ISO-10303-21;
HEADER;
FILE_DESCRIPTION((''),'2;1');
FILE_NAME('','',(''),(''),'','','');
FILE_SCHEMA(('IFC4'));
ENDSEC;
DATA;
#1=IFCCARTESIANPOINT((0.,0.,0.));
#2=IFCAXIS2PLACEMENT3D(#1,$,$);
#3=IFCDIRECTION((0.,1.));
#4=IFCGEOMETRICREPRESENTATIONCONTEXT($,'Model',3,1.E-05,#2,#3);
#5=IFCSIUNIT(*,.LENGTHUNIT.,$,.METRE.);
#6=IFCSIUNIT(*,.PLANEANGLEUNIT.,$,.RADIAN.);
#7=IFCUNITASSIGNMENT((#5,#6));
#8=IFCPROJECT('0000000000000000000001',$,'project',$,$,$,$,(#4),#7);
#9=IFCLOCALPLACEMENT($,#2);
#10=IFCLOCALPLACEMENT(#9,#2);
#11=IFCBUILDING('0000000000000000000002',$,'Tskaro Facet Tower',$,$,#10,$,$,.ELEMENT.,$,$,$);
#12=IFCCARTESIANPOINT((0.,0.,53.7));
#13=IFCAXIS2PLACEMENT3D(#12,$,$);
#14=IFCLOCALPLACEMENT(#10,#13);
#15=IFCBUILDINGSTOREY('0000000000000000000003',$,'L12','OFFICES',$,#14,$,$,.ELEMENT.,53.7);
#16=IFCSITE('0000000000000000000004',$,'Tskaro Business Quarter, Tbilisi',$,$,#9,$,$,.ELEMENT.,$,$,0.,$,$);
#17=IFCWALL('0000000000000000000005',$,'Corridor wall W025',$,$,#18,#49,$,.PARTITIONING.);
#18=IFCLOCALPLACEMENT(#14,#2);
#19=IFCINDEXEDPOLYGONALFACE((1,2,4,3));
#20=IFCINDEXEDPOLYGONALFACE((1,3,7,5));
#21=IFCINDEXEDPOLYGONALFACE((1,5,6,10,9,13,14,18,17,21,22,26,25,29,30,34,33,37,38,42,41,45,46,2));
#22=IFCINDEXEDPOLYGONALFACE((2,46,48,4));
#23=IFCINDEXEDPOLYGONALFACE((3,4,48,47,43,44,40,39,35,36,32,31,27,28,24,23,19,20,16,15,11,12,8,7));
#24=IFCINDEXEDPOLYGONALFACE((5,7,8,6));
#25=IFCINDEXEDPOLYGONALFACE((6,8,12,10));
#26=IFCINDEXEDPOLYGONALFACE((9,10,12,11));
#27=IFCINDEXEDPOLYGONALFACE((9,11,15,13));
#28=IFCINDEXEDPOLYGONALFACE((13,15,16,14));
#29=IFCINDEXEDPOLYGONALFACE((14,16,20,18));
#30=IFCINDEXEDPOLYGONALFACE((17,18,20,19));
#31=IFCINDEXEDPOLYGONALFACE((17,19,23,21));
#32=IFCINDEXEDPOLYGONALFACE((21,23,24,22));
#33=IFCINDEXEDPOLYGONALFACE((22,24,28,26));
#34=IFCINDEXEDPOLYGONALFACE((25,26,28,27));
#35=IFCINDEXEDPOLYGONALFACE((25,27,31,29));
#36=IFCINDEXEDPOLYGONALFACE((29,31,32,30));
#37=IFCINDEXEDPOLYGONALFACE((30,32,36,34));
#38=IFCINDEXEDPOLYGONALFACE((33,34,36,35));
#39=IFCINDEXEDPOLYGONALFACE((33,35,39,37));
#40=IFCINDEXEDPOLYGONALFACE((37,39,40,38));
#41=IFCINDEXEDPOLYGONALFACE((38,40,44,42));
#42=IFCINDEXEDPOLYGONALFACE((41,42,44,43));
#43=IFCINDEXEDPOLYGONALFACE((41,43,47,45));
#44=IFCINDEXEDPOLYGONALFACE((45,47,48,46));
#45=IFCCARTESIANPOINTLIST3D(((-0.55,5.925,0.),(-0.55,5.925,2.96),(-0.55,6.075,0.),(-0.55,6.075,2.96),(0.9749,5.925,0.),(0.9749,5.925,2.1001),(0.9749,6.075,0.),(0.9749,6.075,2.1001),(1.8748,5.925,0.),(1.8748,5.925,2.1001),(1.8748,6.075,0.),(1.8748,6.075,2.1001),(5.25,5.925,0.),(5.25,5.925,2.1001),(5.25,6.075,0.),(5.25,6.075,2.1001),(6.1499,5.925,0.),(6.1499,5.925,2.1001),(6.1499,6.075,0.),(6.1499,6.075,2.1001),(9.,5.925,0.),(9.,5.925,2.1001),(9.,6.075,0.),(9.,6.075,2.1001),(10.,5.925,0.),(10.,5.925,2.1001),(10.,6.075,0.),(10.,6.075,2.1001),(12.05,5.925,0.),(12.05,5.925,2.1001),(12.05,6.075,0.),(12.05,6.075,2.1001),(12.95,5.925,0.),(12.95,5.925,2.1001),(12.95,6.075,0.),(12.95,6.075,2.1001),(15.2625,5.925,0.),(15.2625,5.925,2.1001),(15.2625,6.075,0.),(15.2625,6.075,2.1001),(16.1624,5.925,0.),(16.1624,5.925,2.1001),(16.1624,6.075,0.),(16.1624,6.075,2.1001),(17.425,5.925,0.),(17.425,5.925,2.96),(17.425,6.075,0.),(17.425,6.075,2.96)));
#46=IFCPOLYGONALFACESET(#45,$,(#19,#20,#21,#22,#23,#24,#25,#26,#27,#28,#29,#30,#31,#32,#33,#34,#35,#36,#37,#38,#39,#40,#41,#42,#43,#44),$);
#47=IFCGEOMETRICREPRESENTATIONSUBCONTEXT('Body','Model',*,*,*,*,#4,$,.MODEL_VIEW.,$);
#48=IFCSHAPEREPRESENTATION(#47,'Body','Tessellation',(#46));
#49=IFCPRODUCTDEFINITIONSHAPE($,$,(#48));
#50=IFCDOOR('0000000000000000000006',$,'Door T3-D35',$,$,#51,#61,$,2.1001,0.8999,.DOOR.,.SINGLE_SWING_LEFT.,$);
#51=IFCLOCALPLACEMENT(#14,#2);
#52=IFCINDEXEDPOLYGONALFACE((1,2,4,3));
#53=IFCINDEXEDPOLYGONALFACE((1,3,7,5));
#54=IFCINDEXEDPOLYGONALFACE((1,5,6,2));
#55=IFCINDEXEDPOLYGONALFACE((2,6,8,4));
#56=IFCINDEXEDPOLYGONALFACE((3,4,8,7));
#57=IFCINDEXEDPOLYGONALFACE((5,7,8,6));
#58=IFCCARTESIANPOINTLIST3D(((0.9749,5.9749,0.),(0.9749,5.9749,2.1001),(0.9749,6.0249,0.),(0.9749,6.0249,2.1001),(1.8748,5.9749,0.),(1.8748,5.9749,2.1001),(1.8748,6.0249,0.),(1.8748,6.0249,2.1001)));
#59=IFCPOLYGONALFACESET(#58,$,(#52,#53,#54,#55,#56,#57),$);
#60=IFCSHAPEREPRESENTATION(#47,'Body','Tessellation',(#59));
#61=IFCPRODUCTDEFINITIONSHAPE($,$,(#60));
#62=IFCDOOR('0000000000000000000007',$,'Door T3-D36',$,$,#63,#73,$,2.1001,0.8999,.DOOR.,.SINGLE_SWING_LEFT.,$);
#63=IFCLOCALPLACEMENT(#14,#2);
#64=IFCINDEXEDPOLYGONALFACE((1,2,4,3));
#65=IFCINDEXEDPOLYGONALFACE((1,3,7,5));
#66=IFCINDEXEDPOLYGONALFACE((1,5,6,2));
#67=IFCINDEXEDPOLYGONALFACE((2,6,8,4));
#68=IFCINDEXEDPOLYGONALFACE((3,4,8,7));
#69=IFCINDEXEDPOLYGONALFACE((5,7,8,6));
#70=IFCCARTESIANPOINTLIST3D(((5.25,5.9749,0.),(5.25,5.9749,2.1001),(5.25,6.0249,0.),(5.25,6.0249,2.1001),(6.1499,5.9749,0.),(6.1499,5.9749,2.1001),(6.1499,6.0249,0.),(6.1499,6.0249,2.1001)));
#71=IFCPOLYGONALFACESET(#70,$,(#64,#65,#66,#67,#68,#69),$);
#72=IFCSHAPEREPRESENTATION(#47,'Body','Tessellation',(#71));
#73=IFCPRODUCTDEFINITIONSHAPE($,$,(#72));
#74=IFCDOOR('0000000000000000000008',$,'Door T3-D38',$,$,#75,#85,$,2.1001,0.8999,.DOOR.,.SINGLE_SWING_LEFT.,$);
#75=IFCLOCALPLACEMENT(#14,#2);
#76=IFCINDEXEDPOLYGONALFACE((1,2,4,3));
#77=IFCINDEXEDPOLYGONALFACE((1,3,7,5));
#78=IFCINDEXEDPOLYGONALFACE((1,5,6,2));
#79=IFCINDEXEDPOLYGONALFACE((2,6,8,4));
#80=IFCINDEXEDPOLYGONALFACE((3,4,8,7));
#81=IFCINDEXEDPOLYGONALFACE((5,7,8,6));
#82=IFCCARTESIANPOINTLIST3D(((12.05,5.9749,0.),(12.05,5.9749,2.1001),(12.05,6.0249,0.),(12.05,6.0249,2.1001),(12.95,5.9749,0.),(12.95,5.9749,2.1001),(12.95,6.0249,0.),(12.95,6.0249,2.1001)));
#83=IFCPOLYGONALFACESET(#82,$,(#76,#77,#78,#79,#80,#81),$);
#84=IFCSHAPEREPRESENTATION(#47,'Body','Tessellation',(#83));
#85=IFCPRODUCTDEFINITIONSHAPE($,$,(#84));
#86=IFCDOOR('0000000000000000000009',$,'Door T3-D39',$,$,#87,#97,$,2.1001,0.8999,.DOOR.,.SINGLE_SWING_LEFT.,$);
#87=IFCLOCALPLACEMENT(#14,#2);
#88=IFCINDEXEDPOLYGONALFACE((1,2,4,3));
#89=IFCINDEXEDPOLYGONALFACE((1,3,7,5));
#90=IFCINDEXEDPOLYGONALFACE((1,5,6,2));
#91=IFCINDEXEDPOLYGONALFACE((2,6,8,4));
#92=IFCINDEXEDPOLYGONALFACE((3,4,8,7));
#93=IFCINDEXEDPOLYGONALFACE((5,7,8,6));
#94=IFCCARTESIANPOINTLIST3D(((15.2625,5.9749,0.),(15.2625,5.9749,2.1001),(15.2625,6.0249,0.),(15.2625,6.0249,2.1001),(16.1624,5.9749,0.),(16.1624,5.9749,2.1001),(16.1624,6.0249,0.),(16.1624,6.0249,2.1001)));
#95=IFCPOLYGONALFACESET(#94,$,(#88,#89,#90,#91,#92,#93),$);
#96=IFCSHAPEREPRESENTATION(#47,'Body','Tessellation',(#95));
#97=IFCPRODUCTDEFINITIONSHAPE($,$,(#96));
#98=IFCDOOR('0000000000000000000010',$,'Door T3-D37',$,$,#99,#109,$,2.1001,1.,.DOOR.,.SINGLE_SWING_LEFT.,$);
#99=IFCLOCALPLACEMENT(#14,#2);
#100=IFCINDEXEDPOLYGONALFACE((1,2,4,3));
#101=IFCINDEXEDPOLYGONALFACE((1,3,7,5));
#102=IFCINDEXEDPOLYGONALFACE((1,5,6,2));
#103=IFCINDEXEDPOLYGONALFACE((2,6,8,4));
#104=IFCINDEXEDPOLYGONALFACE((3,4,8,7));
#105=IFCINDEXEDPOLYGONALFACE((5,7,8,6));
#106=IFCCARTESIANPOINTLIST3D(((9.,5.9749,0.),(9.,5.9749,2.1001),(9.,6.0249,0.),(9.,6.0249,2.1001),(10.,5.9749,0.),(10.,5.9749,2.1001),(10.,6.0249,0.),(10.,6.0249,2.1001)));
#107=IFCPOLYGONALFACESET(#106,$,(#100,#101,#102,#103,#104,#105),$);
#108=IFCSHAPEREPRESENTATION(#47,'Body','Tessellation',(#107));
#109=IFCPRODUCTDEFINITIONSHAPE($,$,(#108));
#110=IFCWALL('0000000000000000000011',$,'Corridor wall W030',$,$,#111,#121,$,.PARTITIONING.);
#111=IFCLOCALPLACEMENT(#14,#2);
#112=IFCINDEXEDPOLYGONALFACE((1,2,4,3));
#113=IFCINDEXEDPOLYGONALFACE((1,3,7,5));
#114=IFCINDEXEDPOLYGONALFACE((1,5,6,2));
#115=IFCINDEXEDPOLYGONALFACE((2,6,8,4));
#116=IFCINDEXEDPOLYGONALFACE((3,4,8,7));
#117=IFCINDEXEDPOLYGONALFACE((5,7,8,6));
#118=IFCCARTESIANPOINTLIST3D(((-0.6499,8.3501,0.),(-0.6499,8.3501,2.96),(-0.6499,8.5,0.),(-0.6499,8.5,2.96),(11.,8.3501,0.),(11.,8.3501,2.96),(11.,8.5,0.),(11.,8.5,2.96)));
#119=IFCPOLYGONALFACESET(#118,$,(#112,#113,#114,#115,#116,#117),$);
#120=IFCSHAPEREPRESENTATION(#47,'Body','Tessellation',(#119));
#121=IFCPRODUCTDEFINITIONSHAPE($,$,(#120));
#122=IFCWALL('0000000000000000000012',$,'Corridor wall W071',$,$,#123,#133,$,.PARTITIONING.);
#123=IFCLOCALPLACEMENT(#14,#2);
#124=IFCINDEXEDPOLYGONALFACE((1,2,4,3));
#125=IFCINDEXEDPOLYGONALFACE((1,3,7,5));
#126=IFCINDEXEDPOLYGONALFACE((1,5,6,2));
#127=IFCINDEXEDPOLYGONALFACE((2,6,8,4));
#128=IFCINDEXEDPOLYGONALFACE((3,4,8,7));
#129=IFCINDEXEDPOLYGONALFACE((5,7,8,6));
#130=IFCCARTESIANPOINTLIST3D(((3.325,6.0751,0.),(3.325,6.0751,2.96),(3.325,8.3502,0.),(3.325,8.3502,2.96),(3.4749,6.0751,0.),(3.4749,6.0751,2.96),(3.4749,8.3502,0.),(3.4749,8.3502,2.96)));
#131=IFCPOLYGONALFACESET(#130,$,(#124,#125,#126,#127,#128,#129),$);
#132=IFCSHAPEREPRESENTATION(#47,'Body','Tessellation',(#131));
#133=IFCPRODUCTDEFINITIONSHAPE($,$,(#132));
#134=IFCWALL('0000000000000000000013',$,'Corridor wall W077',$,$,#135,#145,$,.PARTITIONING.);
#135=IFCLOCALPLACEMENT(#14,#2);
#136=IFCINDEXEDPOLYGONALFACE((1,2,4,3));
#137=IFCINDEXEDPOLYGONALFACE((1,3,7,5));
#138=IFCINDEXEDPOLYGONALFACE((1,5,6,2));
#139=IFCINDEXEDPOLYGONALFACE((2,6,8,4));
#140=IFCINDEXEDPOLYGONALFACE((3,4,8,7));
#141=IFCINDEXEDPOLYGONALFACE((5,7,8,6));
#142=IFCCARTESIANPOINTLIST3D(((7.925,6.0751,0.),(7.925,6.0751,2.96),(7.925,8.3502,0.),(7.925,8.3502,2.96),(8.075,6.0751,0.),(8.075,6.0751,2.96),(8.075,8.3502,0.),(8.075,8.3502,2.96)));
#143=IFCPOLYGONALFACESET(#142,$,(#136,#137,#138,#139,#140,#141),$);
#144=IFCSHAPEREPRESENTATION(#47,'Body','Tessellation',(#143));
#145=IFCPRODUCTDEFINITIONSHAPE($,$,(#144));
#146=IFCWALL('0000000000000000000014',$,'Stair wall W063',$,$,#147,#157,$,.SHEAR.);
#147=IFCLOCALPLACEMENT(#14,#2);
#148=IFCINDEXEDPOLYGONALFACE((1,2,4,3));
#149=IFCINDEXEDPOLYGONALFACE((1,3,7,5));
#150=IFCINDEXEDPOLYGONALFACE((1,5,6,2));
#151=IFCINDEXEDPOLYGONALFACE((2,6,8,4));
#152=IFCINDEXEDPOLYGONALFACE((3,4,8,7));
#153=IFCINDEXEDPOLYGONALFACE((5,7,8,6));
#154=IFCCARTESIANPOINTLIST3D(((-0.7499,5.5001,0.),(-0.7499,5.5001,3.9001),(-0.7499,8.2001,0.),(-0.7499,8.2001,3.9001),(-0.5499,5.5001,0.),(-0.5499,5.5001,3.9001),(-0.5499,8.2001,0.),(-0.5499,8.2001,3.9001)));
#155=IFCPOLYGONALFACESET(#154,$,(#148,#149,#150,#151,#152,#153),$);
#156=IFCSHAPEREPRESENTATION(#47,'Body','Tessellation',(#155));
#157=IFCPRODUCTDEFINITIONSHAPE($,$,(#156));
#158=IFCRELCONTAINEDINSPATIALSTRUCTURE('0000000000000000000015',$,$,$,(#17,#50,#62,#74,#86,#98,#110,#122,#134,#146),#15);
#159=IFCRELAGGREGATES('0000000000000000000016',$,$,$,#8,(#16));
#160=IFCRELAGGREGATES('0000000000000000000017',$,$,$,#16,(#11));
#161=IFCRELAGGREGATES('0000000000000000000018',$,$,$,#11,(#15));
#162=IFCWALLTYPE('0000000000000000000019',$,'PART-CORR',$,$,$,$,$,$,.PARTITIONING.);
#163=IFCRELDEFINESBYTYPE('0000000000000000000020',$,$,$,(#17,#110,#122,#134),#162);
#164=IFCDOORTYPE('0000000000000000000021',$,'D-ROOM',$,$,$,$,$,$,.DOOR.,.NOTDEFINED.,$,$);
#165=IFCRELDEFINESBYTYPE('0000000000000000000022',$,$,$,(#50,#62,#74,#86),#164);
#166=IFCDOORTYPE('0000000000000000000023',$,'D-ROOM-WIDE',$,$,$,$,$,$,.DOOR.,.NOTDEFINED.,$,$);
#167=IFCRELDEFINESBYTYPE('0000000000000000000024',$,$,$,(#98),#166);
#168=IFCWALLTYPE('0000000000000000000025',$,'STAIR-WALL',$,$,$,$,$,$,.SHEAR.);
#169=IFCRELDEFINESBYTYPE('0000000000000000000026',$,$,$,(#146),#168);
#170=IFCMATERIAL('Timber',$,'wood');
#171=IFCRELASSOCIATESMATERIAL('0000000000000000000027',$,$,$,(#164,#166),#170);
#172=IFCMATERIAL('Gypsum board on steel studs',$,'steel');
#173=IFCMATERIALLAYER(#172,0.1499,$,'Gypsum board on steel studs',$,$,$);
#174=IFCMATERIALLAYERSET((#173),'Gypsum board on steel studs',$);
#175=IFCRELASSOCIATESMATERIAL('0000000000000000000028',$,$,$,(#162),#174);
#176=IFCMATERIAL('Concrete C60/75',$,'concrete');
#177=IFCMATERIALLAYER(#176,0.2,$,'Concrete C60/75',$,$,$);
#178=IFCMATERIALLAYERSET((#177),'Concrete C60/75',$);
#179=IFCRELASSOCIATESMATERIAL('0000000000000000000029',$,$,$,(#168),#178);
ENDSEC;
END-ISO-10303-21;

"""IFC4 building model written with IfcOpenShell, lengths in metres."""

from ifc_helpers import new_model, si_unit, direction, frame, frame_2d, origin, place, context, subcontext, project, spatial, rectangle, extrude, material, layer, layer_set, type_object, element, fill, save


model = new_model("IFC4")

# Units and contexts
model_context = context("Model", 3, precision=1e-05, world=origin(), true_north=direction((0.0, 1.0)))
body_context = subcontext(model_context, "Body", "Model", "MODEL_VIEW")
ifc_project = project(units=[si_unit("LENGTHUNIT", "METRE"), si_unit("PLANEANGLEUNIT", "RADIAN")], contexts=[model_context])

# Site, building, storey
site_placement = place(None, origin())
site = spatial("IfcSite", under=ifc_project, at=site_placement, Name="Tskaro Business Quarter, Tbilisi", CompositionType="ELEMENT", RefElevation=0.0)
building_placement = place(site_placement, origin())
building = spatial("IfcBuilding", under=site, at=building_placement, Name="Tskaro Facet Tower", CompositionType="ELEMENT")
storey_placement = place(building_placement, frame((0.0, 0.0, 53.7)))
storey = spatial("IfcBuildingStorey", under=building, at=storey_placement, Name="L12", Description="OFFICES", CompositionType="ELEMENT", Elevation=53.7)

# Shared definitions
ifc_material_1 = material(Name="Concrete C60/75", Category="concrete")

# Shared definitions
ifc_material_2 = material(Name="Gypsum board on steel studs", Category="steel")
ifc_material_3 = material(Name="Timber", Category="wood")
door_type_1 = type_object("IfcDoorType", Name="D-ROOM", OperationType="NOTDEFINED", PredefinedType="DOOR", material=ifc_material_3)

# Wall, openings, doors
ifc_layer_1 = layer(ifc_material_2, 0.1499, Name="Gypsum board on steel studs")
ifc_layer_set_1 = layer_set([ifc_layer_1], Name="Gypsum board on steel studs")
wall_type_1 = type_object("IfcWallType", Name="PART-CORR", PredefinedType="PARTITIONING", material=ifc_layer_set_1)
wall_1_placement = place(storey_placement, frame((-0.55, 6.0, 0.0), z_axis=(0.0, 0.0, 1.0), x_axis=(1.0, 0.0, 0.0)))
wall_1 = element("IfcWall", 1, at=wall_1_placement, inside=storey, type_object=wall_type_1, Name="Corridor wall W025", PredefinedType="PARTITIONING", context=body_context, shape_type="SweptSolid", body=[
    extrude(rectangle(XDim=17.9751, YDim=0.1499, at=frame_2d((8.9875, 0.0))), origin(), (0.0, 0.0, 1.0), 2.96),
])
opening_1_placement = place(wall_1_placement, frame((1.5249, 0.0, 0.0)))
opening_1 = element("IfcOpeningElement", 2, at=opening_1_placement, cuts=wall_1, PredefinedType="OPENING", context=body_context, shape_type="SweptSolid", body=[
    extrude(rectangle(XDim=0.8999, YDim=2.1001, at=frame_2d((0.45, 1.05))), frame((0.0, 0.085, 0.0), z_axis=(0.0, -1.0, 0.0), x_axis=(1.0, 0.0, 0.0)), (0.0, 0.0, 1.0), 0.1699),
])
opening_2_placement = place(wall_1_placement, frame((5.8, 0.0, 0.0)))
opening_2 = element("IfcOpeningElement", 3, at=opening_2_placement, cuts=wall_1, PredefinedType="OPENING", context=body_context, shape_type="SweptSolid", body=[
    extrude(rectangle(XDim=0.8999, YDim=2.1001, at=frame_2d((0.45, 1.05))), frame((0.0, 0.085, 0.0), z_axis=(0.0, -1.0, 0.0), x_axis=(1.0, 0.0, 0.0)), (0.0, 0.0, 1.0), 0.1699),
])
opening_3_placement = place(wall_1_placement, frame((9.55, 0.0, 0.0)))
opening_3 = element("IfcOpeningElement", 4, at=opening_3_placement, cuts=wall_1, PredefinedType="OPENING", context=body_context, shape_type="SweptSolid", body=[
    extrude(rectangle(XDim=1.0, YDim=2.1001, at=frame_2d((0.5, 1.05))), frame((0.0, 0.085, 0.0), z_axis=(0.0, -1.0, 0.0), x_axis=(1.0, 0.0, 0.0)), (0.0, 0.0, 1.0), 0.1699),
])
opening_4_placement = place(wall_1_placement, frame((12.6001, 0.0, 0.0)))
opening_4 = element("IfcOpeningElement", 5, at=opening_4_placement, cuts=wall_1, PredefinedType="OPENING", context=body_context, shape_type="SweptSolid", body=[
    extrude(rectangle(XDim=0.8999, YDim=2.1001, at=frame_2d((0.45, 1.05))), frame((0.0, 0.085, 0.0), z_axis=(0.0, -1.0, 0.0), x_axis=(1.0, 0.0, 0.0)), (0.0, 0.0, 1.0), 0.1699),
])
opening_5_placement = place(wall_1_placement, frame((15.8125, 0.0, 0.0)))
opening_5 = element("IfcOpeningElement", 6, at=opening_5_placement, cuts=wall_1, PredefinedType="OPENING", context=body_context, shape_type="SweptSolid", body=[
    extrude(rectangle(XDim=0.8999, YDim=2.1001, at=frame_2d((0.45, 1.05))), frame((0.0, 0.085, 0.0), z_axis=(0.0, -1.0, 0.0), x_axis=(1.0, 0.0, 0.0)), (0.0, 0.0, 1.0), 0.1699),
])
door_1_placement = place(opening_1_placement, origin())
door_1 = element("IfcDoor", 7, at=door_1_placement, inside=storey, type_object=door_type_1, Name="Door T3-D35", OperationType="SINGLE_SWING_LEFT", OverallHeight=2.1001, OverallWidth=0.8999, PredefinedType="DOOR", context=body_context, shape_type="SweptSolid", body=[
    extrude(rectangle(XDim=0.8999, YDim=2.1001, at=frame_2d((0.45, 1.05))), frame((0.0, 0.0249, 0.0), z_axis=(0.0, -1.0, 0.0), x_axis=(1.0, 0.0, 0.0)), (0.0, 0.0, 1.0), 0.05),
])
fill(opening_1, door_1)
door_2_placement = place(opening_2_placement, origin())
door_2 = element("IfcDoor", 8, at=door_2_placement, inside=storey, type_object=door_type_1, Name="Door T3-D36", OperationType="SINGLE_SWING_LEFT", OverallHeight=2.1001, OverallWidth=0.8999, PredefinedType="DOOR", context=body_context, shape_type="SweptSolid", body=[
    extrude(rectangle(XDim=0.8999, YDim=2.1001, at=frame_2d((0.45, 1.05))), frame((0.0, 0.0249, 0.0), z_axis=(0.0, -1.0, 0.0), x_axis=(1.0, 0.0, 0.0)), (0.0, 0.0, 1.0), 0.05),
])
fill(opening_2, door_2)
door_3_placement = place(opening_4_placement, origin())
door_3 = element("IfcDoor", 9, at=door_3_placement, inside=storey, type_object=door_type_1, Name="Door T3-D38", OperationType="SINGLE_SWING_LEFT", OverallHeight=2.1001, OverallWidth=0.8999, PredefinedType="DOOR", context=body_context, shape_type="SweptSolid", body=[
    extrude(rectangle(XDim=0.8999, YDim=2.1001, at=frame_2d((0.45, 1.05))), frame((0.0, 0.0249, 0.0), z_axis=(0.0, -1.0, 0.0), x_axis=(1.0, 0.0, 0.0)), (0.0, 0.0, 1.0), 0.05),
])
fill(opening_4, door_3)
door_4_placement = place(opening_5_placement, origin())
door_4 = element("IfcDoor", 10, at=door_4_placement, inside=storey, type_object=door_type_1, Name="Door T3-D39", OperationType="SINGLE_SWING_LEFT", OverallHeight=2.1001, OverallWidth=0.8999, PredefinedType="DOOR", context=body_context, shape_type="SweptSolid", body=[
    extrude(rectangle(XDim=0.8999, YDim=2.1001, at=frame_2d((0.45, 1.05))), frame((0.0, 0.0249, 0.0), z_axis=(0.0, -1.0, 0.0), x_axis=(1.0, 0.0, 0.0)), (0.0, 0.0, 1.0), 0.05),
])
fill(opening_5, door_4)
door_type_2 = type_object("IfcDoorType", Name="D-ROOM-WIDE", OperationType="NOTDEFINED", PredefinedType="DOOR", material=ifc_material_3)
door_5_placement = place(opening_3_placement, origin())
door_5 = element("IfcDoor", 11, at=door_5_placement, inside=storey, type_object=door_type_2, Name="Door T3-D37", OperationType="SINGLE_SWING_LEFT", OverallHeight=2.1001, OverallWidth=1.0, PredefinedType="DOOR", context=body_context, shape_type="SweptSolid", body=[
    extrude(rectangle(XDim=1.0, YDim=2.1001, at=frame_2d((0.5, 1.05))), frame((0.0, 0.0249, 0.0), z_axis=(0.0, -1.0, 0.0), x_axis=(1.0, 0.0, 0.0)), (0.0, 0.0, 1.0), 0.05),
])
fill(opening_3, door_5)

# Walls
wall_2_placement = place(storey_placement, frame((-0.6499, 8.425, 0.0), z_axis=(0.0, 0.0, 1.0), x_axis=(1.0, 0.0, 0.0)))
element("IfcWall", 12, at=wall_2_placement, inside=storey, type_object=wall_type_1, Name="Corridor wall W030", PredefinedType="PARTITIONING", context=body_context, shape_type="SweptSolid", body=[
    extrude(rectangle(XDim=11.6499, YDim=0.1499, at=frame_2d((5.825, 0.0))), origin(), (0.0, 0.0, 1.0), 2.96),
])
for number, where, z_axis, x_axis, name in (
    (13, (3.3999, 6.075, 0.0), (0.0, 0.0, 1.0), (0.0, 1.0, 0.0), "Corridor wall W071"),
    (14, (8.0, 6.075, 0.0), (0.0, 0.0, 1.0), (0.0, 1.0, 0.0), "Corridor wall W077"),
):
    element("IfcWall", number, at=place(storey_placement, frame(where, z_axis=z_axis, x_axis=x_axis)), inside=storey, type_object=wall_type_1, Name=name, PredefinedType="PARTITIONING", context=body_context, shape_type="SweptSolid", body=[
        extrude(rectangle(XDim=2.2751, YDim=0.1499, at=frame_2d((1.1377, 0.0))), origin(), (0.0, 0.0, 1.0), 2.96),
    ])
ifc_layer_2 = layer(ifc_material_1, 0.2, Name="Concrete C60/75")
ifc_layer_set_2 = layer_set([ifc_layer_2], Name="Concrete C60/75")
wall_type_2 = type_object("IfcWallType", Name="STAIR-WALL", PredefinedType="SHEAR", material=ifc_layer_set_2)
wall_3_placement = place(storey_placement, frame((-0.6499, 5.5, 0.0), z_axis=(0.0, 0.0, 1.0), x_axis=(0.0, 1.0, 0.0)))
element("IfcWall", 15, at=wall_3_placement, inside=storey, type_object=wall_type_2, Name="Stair wall W063", PredefinedType="SHEAR", context=body_context, shape_type="SweptSolid", body=[
    extrude(rectangle(XDim=2.7, YDim=0.2, at=frame_2d((1.3501, 0.0))), origin(), (0.0, 0.0, 1.0), 3.9001),
])

save(model, "model.ifc")
